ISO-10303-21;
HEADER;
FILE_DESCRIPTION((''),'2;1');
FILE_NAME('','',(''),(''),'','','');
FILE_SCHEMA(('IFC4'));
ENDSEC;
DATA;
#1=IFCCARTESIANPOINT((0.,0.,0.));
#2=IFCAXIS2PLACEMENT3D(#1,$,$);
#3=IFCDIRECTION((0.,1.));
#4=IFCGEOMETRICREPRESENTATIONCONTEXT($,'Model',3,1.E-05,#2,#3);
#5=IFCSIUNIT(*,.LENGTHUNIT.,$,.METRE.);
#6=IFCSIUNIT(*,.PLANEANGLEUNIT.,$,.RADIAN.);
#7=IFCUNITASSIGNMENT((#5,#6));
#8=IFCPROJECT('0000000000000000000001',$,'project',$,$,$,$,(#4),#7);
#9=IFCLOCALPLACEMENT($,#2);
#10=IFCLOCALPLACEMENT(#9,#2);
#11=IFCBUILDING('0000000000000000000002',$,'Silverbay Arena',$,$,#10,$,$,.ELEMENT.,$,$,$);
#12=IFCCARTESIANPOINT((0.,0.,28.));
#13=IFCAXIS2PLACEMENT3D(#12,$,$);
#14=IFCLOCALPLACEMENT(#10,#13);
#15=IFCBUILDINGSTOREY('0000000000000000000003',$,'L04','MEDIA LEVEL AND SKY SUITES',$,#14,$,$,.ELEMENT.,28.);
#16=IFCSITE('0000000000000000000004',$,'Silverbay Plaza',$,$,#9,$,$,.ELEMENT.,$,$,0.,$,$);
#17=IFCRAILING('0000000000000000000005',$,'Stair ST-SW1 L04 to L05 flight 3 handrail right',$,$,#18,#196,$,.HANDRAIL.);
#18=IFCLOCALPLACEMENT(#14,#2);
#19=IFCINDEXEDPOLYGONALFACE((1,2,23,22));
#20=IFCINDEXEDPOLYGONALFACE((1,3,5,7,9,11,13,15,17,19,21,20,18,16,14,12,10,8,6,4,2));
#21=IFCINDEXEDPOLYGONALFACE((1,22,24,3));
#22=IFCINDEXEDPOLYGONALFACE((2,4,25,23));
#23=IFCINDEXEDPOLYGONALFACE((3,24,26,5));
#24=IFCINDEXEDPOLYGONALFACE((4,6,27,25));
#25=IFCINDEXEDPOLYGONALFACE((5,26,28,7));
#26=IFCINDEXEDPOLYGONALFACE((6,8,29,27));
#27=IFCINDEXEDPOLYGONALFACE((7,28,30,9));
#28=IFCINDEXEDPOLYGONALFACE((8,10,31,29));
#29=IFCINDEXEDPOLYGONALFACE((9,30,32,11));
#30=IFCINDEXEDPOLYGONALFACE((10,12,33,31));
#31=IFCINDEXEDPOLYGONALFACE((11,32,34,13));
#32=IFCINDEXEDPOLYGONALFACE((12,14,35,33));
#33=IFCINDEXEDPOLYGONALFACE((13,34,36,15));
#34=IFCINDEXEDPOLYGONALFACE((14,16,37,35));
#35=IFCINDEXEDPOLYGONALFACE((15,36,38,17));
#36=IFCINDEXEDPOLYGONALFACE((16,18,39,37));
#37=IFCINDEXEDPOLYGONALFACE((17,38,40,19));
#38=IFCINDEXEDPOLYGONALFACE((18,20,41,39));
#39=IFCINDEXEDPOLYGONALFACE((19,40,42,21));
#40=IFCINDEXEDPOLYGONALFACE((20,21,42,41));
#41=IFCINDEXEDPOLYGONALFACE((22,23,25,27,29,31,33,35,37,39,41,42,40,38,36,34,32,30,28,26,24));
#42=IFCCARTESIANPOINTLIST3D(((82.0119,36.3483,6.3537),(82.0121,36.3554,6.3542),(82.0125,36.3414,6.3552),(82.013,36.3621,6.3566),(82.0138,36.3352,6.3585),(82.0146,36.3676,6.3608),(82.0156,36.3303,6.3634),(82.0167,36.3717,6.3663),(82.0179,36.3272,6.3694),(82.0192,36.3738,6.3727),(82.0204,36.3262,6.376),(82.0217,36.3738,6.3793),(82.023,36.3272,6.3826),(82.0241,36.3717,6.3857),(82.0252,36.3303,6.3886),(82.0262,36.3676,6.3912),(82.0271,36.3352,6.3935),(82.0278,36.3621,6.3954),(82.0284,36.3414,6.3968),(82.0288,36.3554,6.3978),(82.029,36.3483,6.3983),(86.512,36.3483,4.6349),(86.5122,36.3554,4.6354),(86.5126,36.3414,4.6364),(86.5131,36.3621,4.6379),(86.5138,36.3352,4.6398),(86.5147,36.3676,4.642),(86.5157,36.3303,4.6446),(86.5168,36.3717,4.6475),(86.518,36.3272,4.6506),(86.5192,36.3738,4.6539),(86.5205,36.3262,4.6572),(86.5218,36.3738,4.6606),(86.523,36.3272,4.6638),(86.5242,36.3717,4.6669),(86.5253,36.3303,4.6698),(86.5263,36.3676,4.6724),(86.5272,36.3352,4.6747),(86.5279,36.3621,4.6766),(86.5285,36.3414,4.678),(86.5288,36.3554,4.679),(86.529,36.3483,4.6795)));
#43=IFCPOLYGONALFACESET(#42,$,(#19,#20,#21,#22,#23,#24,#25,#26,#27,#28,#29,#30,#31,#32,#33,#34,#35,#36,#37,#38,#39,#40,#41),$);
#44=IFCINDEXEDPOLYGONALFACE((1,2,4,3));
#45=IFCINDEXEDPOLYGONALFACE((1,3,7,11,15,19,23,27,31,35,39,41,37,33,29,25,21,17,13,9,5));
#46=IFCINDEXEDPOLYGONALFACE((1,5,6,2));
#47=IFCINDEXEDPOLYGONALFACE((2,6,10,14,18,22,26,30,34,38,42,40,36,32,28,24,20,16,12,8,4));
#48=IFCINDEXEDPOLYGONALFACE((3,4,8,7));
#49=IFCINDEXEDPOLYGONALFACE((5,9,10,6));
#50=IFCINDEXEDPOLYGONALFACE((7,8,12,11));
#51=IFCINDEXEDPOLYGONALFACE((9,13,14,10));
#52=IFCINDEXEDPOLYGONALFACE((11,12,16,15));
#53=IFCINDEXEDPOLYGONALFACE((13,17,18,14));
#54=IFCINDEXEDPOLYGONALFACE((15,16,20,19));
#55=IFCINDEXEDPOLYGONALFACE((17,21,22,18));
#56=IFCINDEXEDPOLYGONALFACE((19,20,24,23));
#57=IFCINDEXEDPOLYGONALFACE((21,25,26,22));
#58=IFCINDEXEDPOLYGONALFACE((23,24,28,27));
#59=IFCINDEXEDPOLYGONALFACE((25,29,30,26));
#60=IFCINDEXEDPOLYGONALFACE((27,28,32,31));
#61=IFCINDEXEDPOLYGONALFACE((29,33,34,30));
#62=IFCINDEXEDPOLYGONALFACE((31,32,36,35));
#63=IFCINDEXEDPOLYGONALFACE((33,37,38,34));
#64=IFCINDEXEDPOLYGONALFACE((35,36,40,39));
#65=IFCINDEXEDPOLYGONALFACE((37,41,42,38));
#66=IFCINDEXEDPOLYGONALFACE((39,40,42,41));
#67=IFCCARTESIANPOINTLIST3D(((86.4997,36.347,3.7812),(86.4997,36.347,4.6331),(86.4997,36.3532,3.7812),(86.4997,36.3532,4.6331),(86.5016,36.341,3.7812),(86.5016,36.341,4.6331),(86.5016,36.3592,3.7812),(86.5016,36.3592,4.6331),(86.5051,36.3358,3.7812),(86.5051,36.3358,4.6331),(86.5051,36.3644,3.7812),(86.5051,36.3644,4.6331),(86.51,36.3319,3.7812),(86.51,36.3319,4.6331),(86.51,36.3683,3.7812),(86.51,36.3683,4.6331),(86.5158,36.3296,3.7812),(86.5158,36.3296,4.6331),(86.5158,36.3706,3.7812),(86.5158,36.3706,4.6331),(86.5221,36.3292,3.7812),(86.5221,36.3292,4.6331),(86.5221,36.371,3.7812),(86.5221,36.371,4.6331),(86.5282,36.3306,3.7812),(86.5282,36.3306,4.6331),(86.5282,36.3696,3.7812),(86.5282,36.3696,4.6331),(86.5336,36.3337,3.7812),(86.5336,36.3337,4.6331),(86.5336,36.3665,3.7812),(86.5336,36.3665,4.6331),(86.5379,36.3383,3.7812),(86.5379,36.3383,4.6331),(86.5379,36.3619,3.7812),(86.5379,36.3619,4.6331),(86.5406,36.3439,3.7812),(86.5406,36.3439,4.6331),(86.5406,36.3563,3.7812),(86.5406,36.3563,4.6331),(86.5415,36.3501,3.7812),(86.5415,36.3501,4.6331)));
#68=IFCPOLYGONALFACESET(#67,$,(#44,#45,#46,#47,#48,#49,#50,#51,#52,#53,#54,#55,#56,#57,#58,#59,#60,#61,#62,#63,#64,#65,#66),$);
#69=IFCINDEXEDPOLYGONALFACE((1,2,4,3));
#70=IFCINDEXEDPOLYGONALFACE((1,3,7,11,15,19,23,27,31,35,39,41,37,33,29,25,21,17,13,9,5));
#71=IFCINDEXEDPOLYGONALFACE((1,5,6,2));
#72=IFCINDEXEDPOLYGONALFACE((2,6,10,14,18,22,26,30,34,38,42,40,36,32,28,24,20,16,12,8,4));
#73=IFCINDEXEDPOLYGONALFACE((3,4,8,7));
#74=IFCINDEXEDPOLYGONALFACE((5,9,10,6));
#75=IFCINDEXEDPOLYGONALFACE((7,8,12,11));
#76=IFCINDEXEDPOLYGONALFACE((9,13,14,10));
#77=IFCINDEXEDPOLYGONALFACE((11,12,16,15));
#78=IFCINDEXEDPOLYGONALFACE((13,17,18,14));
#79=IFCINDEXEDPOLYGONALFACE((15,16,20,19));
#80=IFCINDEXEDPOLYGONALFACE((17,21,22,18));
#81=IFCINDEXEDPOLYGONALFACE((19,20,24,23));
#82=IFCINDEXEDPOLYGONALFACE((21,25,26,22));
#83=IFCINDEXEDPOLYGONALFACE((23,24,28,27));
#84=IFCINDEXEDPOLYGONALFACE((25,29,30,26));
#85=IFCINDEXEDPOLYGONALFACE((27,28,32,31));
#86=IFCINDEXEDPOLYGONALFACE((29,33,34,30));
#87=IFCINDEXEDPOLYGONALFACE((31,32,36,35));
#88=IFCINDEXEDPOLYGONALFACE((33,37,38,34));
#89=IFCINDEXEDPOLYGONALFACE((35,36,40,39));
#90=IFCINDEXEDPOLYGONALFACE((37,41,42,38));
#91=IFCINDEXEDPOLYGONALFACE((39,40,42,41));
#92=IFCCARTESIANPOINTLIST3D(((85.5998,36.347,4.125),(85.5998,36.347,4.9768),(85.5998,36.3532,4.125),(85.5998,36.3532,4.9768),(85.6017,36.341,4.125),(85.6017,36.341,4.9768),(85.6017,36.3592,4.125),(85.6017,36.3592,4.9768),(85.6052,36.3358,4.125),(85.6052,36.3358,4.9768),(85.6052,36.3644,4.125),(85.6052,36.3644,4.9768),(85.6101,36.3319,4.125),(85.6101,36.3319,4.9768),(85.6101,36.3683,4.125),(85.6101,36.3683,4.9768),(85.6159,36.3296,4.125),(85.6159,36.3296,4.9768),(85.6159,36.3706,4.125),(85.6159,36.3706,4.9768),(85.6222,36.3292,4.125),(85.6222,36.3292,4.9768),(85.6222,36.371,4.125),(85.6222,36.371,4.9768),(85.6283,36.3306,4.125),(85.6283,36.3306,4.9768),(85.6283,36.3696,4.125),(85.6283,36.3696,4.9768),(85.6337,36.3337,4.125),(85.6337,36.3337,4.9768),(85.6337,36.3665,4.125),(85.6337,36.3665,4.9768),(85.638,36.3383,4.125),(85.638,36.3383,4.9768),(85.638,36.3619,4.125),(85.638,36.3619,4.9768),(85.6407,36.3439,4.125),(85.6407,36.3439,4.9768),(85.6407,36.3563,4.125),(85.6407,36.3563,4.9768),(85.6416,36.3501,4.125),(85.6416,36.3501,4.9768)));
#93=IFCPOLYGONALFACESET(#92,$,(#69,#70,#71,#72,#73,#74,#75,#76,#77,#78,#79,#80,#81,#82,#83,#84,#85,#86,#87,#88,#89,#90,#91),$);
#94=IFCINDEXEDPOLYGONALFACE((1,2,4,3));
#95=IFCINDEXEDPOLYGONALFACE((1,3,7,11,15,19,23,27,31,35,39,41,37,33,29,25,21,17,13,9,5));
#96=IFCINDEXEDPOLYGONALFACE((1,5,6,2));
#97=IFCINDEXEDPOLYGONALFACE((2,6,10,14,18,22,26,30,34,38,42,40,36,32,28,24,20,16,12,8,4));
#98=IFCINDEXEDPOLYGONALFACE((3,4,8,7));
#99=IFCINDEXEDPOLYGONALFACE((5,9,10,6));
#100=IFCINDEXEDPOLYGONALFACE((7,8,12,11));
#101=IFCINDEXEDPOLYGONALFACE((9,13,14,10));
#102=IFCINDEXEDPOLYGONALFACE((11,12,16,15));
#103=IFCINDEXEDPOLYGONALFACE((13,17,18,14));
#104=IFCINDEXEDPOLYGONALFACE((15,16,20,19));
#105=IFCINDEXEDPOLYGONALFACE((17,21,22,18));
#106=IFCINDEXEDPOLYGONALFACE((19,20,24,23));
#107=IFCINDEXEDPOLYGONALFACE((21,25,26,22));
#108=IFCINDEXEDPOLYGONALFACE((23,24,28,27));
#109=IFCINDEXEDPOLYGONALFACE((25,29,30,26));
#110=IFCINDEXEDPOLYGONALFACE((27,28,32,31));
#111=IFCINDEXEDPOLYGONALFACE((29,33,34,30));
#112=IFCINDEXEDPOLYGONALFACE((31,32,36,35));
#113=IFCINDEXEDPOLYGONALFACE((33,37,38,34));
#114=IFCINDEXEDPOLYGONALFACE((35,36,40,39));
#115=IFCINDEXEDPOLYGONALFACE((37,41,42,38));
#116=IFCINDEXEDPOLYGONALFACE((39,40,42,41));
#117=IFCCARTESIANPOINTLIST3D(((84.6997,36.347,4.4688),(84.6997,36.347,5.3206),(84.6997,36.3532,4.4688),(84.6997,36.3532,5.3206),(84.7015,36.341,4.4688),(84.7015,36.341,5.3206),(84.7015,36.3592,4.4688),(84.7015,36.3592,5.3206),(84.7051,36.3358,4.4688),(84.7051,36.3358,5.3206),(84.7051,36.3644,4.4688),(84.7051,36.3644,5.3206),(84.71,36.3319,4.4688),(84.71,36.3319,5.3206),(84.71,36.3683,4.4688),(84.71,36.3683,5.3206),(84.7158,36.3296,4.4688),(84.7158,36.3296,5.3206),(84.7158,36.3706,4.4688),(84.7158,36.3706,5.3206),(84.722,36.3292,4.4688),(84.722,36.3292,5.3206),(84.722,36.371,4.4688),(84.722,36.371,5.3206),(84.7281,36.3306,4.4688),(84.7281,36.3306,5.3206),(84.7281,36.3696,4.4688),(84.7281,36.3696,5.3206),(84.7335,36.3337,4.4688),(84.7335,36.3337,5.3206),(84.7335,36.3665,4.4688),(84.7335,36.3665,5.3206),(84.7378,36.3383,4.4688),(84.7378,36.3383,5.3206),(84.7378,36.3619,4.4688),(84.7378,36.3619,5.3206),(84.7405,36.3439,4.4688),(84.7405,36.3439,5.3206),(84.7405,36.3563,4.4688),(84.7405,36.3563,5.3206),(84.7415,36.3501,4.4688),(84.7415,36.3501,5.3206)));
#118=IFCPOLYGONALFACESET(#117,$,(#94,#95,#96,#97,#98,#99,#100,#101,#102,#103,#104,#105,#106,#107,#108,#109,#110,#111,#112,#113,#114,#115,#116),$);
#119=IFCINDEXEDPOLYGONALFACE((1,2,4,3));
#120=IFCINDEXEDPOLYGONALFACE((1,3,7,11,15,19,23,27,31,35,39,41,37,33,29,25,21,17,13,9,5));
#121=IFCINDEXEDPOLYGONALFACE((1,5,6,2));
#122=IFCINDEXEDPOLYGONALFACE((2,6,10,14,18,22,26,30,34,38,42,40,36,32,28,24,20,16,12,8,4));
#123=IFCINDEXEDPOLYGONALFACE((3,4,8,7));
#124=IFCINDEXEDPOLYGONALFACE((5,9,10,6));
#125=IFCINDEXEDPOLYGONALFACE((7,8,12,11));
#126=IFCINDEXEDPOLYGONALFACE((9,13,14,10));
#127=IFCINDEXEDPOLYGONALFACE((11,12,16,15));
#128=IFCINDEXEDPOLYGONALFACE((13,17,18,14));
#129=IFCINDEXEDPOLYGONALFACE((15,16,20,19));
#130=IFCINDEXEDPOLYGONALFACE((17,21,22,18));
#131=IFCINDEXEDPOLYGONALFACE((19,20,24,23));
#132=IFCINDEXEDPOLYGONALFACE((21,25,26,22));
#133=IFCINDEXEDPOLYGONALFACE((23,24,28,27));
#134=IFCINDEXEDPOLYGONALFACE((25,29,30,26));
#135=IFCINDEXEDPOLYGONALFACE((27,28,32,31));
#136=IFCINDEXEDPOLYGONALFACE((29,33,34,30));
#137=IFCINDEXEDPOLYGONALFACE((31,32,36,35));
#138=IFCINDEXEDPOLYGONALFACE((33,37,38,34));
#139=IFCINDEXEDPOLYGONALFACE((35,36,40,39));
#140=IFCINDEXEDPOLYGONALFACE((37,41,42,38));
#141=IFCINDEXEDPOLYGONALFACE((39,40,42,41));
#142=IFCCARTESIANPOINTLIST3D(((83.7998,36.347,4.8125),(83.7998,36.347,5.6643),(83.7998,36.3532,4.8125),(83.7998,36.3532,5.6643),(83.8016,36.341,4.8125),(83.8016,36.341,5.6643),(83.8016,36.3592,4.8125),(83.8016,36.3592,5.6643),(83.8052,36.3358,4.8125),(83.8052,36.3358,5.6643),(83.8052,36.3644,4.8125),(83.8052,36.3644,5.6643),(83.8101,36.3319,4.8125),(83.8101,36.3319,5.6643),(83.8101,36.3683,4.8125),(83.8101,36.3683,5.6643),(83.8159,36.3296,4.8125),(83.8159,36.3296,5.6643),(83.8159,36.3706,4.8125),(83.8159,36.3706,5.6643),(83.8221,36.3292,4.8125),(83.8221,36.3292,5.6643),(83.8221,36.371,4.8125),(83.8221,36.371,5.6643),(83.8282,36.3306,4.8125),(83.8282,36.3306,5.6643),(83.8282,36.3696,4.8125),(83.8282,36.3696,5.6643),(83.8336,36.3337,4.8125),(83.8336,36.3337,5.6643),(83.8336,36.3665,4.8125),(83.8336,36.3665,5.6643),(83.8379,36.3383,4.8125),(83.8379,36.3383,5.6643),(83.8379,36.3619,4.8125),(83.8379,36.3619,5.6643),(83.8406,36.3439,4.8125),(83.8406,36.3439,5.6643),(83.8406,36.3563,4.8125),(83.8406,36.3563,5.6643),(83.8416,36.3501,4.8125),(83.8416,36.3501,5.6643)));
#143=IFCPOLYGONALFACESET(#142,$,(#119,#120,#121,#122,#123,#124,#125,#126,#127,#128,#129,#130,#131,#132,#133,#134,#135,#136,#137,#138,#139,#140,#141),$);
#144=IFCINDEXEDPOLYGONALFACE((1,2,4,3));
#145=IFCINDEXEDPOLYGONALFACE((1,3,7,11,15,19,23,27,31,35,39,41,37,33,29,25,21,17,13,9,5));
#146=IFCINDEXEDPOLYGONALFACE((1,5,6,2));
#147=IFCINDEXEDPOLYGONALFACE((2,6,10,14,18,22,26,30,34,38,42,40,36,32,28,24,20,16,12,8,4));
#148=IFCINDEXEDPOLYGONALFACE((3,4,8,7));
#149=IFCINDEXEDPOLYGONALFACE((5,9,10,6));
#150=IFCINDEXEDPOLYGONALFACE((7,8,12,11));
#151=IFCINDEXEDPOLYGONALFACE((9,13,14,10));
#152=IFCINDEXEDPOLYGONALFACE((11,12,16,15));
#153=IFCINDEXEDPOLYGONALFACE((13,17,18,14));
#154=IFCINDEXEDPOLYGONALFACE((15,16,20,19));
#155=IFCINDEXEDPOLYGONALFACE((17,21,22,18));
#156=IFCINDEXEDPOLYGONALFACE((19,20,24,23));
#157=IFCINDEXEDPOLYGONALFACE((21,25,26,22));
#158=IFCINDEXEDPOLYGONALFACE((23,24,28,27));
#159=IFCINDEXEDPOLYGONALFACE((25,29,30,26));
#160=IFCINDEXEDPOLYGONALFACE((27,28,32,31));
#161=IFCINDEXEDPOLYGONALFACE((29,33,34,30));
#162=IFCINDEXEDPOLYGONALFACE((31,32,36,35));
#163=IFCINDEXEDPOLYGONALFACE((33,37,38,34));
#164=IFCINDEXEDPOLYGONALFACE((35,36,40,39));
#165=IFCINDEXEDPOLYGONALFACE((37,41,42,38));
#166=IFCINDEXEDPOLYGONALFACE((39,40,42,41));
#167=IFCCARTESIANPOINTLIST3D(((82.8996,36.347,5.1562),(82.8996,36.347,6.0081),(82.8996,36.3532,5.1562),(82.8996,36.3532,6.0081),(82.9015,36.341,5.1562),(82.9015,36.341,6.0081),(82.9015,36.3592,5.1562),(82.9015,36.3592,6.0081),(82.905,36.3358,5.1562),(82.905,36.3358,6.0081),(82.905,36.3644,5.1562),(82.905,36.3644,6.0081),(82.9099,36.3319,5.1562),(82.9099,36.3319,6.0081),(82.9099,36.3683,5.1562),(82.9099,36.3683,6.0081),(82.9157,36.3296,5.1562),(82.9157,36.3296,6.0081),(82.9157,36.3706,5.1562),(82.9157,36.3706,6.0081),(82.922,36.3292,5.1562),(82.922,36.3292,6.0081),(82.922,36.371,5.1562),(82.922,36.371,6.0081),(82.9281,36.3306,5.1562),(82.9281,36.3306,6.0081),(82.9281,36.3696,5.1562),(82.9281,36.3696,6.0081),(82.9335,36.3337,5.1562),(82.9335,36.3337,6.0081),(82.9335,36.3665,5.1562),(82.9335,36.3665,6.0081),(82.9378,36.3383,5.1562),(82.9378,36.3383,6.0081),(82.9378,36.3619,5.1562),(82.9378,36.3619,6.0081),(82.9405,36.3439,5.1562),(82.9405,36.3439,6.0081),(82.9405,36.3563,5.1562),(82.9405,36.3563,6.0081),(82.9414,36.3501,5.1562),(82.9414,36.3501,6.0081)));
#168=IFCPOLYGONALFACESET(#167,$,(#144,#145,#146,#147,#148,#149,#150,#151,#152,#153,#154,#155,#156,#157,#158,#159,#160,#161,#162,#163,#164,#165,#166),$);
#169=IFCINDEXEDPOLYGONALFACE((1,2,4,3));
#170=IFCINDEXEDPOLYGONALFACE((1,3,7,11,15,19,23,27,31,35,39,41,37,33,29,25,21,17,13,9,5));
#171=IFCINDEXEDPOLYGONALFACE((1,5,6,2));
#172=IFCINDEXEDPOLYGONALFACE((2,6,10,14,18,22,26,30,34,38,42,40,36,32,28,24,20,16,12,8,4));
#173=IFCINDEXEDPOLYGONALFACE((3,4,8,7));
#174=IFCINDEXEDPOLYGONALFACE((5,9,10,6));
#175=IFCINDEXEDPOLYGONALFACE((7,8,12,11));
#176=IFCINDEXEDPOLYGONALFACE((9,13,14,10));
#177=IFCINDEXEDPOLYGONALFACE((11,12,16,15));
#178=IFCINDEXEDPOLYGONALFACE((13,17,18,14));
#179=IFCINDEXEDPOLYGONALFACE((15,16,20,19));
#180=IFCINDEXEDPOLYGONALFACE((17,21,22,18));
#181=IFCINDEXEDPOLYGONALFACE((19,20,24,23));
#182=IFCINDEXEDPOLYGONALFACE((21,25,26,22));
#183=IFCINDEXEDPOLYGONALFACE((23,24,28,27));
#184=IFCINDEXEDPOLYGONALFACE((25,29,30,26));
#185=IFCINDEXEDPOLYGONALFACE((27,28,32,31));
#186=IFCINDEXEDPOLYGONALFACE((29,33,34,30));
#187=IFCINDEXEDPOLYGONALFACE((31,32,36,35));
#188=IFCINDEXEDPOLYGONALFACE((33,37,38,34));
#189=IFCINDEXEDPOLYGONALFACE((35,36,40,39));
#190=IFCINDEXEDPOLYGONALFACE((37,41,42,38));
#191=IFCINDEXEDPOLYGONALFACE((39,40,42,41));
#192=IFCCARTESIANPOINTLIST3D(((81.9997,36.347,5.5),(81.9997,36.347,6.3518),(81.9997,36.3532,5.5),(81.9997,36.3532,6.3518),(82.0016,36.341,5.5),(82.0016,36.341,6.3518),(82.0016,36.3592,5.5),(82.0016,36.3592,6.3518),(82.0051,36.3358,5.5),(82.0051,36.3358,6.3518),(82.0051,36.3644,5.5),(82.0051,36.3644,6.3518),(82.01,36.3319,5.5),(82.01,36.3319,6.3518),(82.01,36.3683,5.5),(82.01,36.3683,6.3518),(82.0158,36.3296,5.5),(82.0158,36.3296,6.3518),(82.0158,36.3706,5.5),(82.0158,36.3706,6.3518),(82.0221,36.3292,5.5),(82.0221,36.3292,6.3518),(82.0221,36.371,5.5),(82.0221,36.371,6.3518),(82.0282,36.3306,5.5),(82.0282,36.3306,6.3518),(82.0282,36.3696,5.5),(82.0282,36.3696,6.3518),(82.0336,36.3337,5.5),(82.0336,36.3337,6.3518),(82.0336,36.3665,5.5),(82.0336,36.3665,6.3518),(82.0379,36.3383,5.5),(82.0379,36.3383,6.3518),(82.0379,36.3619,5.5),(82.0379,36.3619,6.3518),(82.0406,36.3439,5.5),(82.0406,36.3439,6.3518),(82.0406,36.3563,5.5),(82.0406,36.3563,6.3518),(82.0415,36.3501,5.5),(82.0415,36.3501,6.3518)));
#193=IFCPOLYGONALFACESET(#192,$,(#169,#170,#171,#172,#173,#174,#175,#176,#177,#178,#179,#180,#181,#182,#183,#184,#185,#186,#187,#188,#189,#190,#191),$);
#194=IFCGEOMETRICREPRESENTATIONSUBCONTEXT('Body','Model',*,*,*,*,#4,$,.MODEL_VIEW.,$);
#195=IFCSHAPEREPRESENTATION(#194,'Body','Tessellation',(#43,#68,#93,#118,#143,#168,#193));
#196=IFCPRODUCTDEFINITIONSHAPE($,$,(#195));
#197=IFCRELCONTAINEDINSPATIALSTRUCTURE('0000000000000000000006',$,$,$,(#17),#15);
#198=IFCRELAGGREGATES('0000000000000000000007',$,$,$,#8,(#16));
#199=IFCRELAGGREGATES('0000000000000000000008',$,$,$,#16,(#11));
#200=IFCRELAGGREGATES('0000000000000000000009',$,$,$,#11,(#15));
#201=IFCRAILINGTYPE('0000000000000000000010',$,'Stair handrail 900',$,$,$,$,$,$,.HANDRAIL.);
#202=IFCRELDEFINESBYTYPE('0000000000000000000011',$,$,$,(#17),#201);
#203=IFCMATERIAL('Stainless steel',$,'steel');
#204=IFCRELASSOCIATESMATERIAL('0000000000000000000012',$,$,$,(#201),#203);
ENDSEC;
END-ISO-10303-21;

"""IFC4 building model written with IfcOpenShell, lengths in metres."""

from ifc_helpers import new_model, si_unit, direction, frame, origin, origin_2d, place, context, subcontext, project, spatial, circle, extrude, material, type_object, element, save


model = new_model("IFC4")

# Units and contexts
model_context = context("Model", 3, precision=1e-05, world=origin(), true_north=direction((0.0, 1.0)))
body_context = subcontext(model_context, "Body", "Model", "MODEL_VIEW")
ifc_project = project(units=[si_unit("LENGTHUNIT", "METRE"), si_unit("PLANEANGLEUNIT", "RADIAN")], contexts=[model_context])

# Site, building, storey
site_placement = place(None, origin())
site = spatial("IfcSite", under=ifc_project, at=site_placement, Name="Silverbay Plaza", CompositionType="ELEMENT", RefElevation=0.0)
building_placement = place(site_placement, origin())
building = spatial("IfcBuilding", under=site, at=building_placement, Name="Silverbay Arena", CompositionType="ELEMENT")
storey_placement = place(building_placement, frame((0.0, 0.0, 28.0)))
storey = spatial("IfcBuildingStorey", under=building, at=storey_placement, Name="L04", Description="MEDIA LEVEL AND SKY SUITES", CompositionType="ELEMENT", Elevation=28.0)

# Railing
ifc_material_1 = material(Name="Stainless steel", Category="steel")
railing_type_1 = type_object("IfcRailingType", Name="Stair handrail 900", PredefinedType="HANDRAIL", material=ifc_material_1)
railing_1_placement = place(storey_placement, frame((86.5205, 36.3501, 3.7812)))
element("IfcRailing", 1, at=railing_1_placement, inside=storey, type_object=railing_type_1, Name="Stair ST-SW1 L04 to L05 flight 3 handrail right", PredefinedType="HANDRAIL", context=body_context, shape_type="SweptSolid", body=[
    extrude(circle(Radius=0.0239, at=origin_2d()), frame((0.0, 0.0, 0.876), z_axis=(-0.934179, 0.0, 0.356805), x_axis=(0.0, -1.0, 0.0)), (0.0, 0.0, 1.0), 4.8171),
    extrude(circle(Radius=0.021, at=origin_2d()), origin(), (0.0, 0.0, 1.0), 0.8518),
    extrude(circle(Radius=0.021, at=origin_2d()), frame((-0.8999, 0.0, 0.3438)), (0.0, 0.0, 1.0), 0.8518),
    extrude(circle(Radius=0.021, at=origin_2d()), frame((-1.8, 0.0, 0.6875)), (0.0, 0.0, 1.0), 0.8518),
    extrude(circle(Radius=0.021, at=origin_2d()), frame((-2.7, 0.0, 1.0312)), (0.0, 0.0, 1.0), 0.8518),
    extrude(circle(Radius=0.021, at=origin_2d()), frame((-3.6001, 0.0, 1.375)), (0.0, 0.0, 1.0), 0.8518),
    extrude(circle(Radius=0.021, at=origin_2d()), frame((-4.5, 0.0, 1.7188)), (0.0, 0.0, 1.0), 0.8518),
])

save(model, "model.ifc")
